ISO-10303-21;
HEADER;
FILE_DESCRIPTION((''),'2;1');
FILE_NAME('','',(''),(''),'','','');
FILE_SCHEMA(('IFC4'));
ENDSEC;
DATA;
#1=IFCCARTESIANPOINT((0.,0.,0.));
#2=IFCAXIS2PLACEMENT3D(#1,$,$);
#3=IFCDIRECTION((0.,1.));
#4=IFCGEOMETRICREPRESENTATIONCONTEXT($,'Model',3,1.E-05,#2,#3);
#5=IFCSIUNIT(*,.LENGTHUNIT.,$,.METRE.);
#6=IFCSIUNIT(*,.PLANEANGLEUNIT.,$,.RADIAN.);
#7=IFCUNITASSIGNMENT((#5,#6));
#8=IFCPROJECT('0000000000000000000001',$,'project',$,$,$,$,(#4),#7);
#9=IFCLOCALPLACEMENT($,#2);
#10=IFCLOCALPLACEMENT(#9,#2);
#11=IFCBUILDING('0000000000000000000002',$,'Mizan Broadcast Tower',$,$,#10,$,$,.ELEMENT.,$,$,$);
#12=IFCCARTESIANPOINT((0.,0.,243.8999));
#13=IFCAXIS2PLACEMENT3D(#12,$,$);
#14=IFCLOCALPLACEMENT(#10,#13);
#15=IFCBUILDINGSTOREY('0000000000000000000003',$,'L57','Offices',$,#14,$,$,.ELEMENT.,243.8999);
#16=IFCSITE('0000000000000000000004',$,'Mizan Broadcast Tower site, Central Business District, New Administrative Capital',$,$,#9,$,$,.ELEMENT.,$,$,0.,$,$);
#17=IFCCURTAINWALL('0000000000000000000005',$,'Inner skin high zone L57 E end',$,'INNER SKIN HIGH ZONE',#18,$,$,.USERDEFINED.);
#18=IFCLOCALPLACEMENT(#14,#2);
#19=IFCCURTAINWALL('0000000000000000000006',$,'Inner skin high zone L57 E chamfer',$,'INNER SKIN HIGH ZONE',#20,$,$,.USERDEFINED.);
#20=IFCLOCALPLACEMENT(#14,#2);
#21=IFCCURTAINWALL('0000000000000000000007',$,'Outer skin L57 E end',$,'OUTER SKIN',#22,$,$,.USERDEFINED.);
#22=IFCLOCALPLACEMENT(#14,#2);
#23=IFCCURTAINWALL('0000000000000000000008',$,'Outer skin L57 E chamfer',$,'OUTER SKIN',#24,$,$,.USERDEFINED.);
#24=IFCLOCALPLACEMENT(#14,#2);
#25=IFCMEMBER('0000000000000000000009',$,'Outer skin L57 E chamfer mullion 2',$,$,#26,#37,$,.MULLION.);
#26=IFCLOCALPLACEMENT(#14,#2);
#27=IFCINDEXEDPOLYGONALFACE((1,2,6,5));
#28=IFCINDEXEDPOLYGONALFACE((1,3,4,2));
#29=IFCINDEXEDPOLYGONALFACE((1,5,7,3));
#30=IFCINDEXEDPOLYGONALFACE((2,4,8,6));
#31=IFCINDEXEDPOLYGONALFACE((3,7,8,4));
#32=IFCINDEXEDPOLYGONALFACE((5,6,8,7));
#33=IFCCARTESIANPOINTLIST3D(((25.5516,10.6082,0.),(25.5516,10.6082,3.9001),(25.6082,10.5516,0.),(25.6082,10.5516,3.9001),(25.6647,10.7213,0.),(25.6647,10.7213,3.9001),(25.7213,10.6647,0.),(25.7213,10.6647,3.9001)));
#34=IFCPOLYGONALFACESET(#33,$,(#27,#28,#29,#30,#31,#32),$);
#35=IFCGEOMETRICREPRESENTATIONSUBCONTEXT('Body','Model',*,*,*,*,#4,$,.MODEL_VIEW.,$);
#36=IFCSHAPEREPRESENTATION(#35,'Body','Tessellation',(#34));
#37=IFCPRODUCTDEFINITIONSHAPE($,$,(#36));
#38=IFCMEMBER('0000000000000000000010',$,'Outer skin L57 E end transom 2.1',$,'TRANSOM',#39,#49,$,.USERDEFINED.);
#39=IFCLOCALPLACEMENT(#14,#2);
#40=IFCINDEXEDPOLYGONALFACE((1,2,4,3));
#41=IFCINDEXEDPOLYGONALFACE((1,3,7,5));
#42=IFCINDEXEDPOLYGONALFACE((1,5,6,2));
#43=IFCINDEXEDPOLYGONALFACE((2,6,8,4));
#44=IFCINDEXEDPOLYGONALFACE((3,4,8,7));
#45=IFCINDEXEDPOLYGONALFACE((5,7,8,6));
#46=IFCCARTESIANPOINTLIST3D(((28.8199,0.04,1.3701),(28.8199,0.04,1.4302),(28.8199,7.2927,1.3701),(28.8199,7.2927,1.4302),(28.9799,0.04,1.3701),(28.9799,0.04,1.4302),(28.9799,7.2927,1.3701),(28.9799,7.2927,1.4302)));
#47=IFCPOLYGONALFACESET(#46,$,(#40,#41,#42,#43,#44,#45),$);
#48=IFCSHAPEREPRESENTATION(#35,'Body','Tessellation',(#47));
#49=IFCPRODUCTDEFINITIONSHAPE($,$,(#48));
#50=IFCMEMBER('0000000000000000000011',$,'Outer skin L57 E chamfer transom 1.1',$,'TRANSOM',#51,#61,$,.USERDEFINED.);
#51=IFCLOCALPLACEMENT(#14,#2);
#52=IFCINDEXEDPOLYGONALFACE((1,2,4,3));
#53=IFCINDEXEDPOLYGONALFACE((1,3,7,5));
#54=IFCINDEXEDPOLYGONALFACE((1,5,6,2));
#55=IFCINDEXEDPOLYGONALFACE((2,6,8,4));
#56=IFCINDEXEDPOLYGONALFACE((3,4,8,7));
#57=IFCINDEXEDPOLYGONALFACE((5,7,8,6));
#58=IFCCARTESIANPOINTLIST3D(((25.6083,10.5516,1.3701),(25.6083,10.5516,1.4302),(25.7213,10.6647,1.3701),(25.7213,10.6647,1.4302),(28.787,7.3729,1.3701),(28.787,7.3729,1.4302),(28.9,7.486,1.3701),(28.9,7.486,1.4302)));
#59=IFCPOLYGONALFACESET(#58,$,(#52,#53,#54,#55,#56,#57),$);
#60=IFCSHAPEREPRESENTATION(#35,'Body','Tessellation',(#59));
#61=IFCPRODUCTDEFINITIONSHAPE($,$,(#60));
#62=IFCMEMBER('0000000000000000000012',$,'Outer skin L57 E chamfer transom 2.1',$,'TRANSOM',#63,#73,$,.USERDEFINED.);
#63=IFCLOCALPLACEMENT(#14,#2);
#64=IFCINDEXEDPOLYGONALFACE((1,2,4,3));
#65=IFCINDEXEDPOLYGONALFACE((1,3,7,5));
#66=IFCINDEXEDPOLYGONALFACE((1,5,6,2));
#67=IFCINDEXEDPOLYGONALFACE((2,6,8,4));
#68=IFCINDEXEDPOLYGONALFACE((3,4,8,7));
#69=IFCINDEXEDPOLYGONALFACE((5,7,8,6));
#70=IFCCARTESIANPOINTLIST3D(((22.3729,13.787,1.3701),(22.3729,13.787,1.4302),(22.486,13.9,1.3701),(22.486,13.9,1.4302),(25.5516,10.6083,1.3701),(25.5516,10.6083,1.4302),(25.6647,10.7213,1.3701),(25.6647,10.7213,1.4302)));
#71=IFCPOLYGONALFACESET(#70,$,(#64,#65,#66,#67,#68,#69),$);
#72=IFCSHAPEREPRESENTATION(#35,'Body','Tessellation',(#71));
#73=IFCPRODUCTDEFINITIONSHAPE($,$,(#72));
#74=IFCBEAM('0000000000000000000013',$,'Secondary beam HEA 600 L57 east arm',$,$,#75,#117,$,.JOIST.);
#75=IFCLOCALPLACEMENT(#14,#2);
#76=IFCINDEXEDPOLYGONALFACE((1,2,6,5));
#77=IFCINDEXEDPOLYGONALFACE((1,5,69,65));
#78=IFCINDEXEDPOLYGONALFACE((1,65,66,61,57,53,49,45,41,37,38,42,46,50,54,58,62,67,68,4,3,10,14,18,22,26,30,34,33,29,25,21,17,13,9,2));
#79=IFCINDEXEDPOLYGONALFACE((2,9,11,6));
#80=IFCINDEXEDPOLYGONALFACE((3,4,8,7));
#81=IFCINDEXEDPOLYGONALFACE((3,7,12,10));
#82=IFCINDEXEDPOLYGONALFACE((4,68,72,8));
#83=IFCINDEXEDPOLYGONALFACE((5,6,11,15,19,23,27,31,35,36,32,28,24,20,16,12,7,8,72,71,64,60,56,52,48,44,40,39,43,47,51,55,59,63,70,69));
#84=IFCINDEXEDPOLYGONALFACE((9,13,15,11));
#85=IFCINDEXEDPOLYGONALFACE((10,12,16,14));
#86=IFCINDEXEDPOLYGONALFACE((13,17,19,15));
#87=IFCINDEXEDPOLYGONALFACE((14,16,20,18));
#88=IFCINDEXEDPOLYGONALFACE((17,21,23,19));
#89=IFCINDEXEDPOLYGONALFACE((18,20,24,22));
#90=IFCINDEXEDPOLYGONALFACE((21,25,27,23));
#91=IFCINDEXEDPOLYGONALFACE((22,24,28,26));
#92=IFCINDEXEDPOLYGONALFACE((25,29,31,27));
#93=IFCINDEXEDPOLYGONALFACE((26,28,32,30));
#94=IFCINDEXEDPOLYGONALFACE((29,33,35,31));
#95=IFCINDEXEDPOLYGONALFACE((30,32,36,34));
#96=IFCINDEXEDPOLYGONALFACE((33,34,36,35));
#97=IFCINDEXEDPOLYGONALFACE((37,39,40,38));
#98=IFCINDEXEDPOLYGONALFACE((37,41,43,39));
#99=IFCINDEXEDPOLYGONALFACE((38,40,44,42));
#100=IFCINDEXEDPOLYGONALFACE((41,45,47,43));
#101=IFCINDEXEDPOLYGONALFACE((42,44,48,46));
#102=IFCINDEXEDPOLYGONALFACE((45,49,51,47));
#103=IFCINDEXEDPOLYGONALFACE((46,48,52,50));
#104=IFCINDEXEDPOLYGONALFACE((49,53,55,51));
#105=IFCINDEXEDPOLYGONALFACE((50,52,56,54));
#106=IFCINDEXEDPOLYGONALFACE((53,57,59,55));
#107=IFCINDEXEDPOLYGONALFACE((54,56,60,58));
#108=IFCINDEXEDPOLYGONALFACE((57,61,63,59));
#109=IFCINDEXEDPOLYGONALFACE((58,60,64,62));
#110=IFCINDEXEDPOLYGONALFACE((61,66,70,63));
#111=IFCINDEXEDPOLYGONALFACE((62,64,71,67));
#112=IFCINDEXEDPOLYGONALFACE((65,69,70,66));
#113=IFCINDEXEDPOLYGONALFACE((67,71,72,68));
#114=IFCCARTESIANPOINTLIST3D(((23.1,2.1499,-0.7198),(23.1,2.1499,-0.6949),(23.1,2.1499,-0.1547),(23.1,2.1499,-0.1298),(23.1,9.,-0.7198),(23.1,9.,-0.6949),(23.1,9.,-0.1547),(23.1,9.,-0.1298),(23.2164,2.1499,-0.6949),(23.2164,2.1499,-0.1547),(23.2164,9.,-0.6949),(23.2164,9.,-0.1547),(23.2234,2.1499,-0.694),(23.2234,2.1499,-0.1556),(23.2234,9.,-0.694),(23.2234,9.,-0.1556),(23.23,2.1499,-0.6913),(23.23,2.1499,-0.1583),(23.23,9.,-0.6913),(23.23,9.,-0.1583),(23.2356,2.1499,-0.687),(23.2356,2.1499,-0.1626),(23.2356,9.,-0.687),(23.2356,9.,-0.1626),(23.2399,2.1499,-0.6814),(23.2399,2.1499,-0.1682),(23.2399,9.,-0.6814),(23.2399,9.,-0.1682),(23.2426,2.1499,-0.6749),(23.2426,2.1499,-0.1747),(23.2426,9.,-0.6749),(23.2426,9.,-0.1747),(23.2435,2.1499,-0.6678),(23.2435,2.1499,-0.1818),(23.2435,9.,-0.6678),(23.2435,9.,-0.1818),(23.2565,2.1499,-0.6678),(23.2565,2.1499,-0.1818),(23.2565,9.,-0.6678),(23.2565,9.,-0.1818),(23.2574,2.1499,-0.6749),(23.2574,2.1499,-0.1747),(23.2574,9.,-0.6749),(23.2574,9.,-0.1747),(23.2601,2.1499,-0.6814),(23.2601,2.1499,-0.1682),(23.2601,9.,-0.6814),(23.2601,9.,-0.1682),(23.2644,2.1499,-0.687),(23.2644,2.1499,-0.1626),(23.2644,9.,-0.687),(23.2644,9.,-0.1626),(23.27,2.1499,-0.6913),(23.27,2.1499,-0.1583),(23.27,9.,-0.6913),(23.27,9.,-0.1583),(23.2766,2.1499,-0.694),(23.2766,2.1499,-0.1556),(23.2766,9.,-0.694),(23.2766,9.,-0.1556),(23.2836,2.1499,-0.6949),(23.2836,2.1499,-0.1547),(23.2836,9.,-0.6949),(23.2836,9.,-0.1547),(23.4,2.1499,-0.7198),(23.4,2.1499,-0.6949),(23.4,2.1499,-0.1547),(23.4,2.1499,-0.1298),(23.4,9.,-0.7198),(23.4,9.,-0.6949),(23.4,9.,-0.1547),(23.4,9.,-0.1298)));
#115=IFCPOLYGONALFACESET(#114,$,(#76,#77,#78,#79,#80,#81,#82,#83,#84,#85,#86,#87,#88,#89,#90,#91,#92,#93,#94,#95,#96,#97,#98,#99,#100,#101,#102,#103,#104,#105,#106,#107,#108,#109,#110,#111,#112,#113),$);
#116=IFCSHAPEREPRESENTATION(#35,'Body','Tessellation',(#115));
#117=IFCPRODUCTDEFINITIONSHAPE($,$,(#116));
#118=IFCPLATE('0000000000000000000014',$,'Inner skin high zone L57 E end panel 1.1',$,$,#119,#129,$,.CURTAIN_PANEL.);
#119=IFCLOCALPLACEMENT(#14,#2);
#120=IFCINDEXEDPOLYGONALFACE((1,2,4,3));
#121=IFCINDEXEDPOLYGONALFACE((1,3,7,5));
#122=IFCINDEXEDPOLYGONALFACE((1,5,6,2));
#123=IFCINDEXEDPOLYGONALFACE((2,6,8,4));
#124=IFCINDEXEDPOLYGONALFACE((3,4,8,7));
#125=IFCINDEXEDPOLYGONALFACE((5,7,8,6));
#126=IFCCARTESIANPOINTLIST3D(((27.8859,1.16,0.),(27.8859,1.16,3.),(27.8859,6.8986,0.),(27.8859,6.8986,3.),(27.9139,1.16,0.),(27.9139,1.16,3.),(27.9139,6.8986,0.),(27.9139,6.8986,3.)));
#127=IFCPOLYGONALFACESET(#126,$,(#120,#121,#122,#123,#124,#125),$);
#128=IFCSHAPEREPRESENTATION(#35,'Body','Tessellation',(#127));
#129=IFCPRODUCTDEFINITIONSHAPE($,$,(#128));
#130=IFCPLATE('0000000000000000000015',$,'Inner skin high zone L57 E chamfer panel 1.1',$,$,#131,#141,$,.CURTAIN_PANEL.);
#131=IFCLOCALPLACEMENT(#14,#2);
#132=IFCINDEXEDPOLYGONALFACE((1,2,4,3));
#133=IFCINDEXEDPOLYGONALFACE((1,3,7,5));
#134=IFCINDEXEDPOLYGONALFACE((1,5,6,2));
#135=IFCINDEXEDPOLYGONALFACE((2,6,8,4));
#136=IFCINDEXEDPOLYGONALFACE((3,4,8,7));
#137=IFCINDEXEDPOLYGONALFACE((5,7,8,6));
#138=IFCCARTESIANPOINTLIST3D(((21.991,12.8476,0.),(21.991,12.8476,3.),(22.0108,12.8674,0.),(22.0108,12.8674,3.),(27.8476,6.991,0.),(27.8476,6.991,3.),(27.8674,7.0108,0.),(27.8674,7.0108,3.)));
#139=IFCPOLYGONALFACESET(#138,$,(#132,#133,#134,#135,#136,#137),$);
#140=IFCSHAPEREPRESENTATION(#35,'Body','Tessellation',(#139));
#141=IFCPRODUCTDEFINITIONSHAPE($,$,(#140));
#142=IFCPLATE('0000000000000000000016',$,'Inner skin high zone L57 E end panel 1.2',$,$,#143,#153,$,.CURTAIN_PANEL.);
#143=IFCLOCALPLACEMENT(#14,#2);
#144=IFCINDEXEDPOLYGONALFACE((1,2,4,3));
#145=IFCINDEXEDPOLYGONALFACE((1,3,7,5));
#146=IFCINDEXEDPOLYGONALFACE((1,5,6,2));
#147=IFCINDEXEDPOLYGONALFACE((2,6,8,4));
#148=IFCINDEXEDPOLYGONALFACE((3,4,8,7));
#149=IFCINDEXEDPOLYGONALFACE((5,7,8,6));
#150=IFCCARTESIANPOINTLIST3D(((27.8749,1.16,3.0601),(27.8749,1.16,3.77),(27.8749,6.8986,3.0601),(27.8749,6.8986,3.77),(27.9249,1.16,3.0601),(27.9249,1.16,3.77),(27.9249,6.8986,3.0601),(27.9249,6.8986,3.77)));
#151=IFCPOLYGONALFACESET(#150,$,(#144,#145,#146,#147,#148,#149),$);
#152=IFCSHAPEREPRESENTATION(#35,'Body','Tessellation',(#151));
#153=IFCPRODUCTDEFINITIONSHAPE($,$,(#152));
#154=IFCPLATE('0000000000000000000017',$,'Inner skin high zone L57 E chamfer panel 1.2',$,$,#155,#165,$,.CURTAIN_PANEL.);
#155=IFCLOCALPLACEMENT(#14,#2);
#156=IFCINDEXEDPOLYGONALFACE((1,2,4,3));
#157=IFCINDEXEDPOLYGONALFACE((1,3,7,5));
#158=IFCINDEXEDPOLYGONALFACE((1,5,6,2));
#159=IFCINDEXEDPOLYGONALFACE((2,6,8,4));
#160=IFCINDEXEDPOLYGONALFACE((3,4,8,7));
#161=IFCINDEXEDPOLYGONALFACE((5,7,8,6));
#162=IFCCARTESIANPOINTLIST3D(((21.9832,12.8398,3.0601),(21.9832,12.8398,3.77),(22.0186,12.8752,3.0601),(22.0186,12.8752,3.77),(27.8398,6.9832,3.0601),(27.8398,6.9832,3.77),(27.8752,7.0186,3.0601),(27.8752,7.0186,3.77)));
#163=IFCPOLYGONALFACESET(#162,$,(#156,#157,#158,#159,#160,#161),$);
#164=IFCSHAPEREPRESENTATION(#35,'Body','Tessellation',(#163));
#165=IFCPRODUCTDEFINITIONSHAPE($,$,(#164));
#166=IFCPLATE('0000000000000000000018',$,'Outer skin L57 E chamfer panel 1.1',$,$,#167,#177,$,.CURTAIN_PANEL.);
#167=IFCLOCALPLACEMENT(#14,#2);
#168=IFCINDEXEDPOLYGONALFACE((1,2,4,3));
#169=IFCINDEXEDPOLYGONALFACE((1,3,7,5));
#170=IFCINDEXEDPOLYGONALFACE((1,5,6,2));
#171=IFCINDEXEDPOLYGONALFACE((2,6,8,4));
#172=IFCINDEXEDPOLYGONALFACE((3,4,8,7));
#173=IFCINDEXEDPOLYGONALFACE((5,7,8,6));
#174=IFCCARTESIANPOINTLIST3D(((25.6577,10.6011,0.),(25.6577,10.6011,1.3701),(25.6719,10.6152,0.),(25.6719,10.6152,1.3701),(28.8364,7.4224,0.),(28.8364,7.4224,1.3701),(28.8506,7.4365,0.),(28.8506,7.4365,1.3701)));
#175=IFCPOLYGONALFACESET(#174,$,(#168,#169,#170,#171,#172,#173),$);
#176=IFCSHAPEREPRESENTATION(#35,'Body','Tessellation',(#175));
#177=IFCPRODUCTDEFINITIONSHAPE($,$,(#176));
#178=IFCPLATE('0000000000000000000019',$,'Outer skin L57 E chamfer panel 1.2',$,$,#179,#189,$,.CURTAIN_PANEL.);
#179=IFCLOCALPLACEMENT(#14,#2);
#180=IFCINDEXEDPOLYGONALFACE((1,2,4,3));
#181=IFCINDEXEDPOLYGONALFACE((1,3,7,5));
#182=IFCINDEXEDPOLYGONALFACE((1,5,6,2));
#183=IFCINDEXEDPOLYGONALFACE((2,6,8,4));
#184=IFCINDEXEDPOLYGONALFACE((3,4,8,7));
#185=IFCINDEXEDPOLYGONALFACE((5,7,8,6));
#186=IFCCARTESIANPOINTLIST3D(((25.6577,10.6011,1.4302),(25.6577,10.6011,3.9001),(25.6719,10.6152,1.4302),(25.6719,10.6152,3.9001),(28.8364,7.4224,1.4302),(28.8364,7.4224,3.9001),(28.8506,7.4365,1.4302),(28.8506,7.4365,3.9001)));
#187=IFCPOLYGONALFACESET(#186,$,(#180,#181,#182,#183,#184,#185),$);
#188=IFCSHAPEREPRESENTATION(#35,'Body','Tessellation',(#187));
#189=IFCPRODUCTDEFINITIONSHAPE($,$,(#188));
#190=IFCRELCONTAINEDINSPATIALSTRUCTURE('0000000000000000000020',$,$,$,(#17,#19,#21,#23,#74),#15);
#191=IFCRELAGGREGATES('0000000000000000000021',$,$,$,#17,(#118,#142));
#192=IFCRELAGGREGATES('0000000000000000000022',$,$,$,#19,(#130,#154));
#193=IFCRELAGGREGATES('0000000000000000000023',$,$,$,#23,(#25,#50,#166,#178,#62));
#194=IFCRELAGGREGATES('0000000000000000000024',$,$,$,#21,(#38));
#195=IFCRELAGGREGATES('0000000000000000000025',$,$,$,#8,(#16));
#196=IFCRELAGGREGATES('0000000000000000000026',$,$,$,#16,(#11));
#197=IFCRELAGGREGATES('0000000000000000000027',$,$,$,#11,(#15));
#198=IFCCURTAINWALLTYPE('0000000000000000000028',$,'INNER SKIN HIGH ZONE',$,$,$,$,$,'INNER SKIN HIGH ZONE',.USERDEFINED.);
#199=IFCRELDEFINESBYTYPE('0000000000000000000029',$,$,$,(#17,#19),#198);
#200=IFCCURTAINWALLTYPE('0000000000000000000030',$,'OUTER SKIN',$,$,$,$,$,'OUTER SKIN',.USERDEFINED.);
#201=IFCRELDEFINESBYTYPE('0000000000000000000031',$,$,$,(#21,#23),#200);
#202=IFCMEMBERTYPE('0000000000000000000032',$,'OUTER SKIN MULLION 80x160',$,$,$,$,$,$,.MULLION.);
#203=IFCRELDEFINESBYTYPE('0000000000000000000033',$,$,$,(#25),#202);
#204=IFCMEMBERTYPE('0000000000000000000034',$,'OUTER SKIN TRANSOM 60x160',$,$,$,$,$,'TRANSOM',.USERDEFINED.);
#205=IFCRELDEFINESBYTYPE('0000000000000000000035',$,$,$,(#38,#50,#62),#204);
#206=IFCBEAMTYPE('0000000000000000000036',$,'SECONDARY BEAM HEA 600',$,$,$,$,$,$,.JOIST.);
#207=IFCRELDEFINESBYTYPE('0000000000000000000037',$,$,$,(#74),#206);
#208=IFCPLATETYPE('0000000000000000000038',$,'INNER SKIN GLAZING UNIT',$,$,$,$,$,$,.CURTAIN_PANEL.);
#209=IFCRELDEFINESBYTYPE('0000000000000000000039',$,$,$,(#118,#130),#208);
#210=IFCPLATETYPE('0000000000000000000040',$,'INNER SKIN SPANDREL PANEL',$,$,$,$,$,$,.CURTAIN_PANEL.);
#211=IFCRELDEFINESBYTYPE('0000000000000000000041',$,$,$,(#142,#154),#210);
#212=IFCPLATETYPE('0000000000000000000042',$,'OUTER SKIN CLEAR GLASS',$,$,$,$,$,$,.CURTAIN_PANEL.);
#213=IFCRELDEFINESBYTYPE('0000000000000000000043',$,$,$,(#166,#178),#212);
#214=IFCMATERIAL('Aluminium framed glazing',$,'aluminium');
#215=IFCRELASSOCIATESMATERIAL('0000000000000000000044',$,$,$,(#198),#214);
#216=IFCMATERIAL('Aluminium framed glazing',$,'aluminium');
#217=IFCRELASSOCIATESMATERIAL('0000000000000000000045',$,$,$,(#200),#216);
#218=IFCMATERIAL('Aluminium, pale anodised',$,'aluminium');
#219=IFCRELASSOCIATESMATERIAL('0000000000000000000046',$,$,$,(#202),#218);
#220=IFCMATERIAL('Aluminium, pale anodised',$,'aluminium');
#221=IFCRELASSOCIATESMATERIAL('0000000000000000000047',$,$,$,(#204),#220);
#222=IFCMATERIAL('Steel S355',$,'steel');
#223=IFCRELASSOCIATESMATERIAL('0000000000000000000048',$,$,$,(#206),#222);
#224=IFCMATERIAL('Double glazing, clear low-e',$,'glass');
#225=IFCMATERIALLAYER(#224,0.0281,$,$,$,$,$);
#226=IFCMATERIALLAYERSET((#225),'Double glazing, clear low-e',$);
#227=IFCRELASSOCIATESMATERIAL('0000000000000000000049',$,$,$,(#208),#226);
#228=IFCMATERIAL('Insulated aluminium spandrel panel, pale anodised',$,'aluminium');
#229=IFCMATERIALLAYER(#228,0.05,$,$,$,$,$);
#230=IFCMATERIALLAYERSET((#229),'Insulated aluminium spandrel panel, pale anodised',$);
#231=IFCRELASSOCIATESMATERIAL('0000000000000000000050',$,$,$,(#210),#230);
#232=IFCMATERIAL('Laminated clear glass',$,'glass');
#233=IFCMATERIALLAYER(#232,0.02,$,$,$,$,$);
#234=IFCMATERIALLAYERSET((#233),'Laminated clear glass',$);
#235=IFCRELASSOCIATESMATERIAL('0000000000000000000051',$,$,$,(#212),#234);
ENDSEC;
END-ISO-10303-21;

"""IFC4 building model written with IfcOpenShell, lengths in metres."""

from ifc_helpers import new_model, si_unit, direction, frame, origin, origin_2d, place, context, subcontext, project, spatial, rectangle, i_section, extrude, material, layer, layer_set, material_profile, profile_set, type_object, element, aggregate, save


model = new_model("IFC4")

# Units and contexts
model_context = context("Model", 3, precision=1e-05, world=origin(), true_north=direction((0.0, 1.0)))
body_context = subcontext(model_context, "Body", "Model", "MODEL_VIEW")
ifc_project = project(units=[si_unit("LENGTHUNIT", "METRE"), si_unit("PLANEANGLEUNIT", "RADIAN")], contexts=[model_context])

# Site, building, storey
site_placement = place(None, origin())
site = spatial("IfcSite", under=ifc_project, at=site_placement, Name="Mizan Broadcast Tower site, Central Business District, New Administrative Capital", CompositionType="ELEMENT", RefElevation=0.0)
building_placement = place(site_placement, origin())
building = spatial("IfcBuilding", under=site, at=building_placement, Name="Mizan Broadcast Tower", CompositionType="ELEMENT")
storey_placement = place(building_placement, frame((0.0, 0.0, 243.8999)))
storey = spatial("IfcBuildingStorey", under=building, at=storey_placement, Name="L57", Description="Offices", CompositionType="ELEMENT", Elevation=243.8999)

# Curtain wall
ifc_material_1 = material(Name="Aluminium framed glazing", Category="aluminium")
curtain_wall_type_1 = type_object("IfcCurtainWallType", Name="INNER SKIN HIGH ZONE", ElementType="INNER SKIN HIGH ZONE", PredefinedType="USERDEFINED", material=ifc_material_1)
curtain_wall_1_placement = place(storey_placement, origin())
curtain_wall_1 = element("IfcCurtainWall", 1, at=curtain_wall_1_placement, inside=storey, type_object=curtain_wall_type_1, Name="Inner skin high zone L57 E end", ObjectType="INNER SKIN HIGH ZONE", PredefinedType="USERDEFINED")

# Curtain wall
curtain_wall_2_placement = place(storey_placement, origin())
curtain_wall_2 = element("IfcCurtainWall", 2, at=curtain_wall_2_placement, inside=storey, type_object=curtain_wall_type_1, Name="Inner skin high zone L57 E chamfer", ObjectType="INNER SKIN HIGH ZONE", PredefinedType="USERDEFINED")

# Curtain wall
ifc_material_2 = material(Name="Aluminium framed glazing", Category="aluminium")
curtain_wall_type_2 = type_object("IfcCurtainWallType", Name="OUTER SKIN", ElementType="OUTER SKIN", PredefinedType="USERDEFINED", material=ifc_material_2)
curtain_wall_3_placement = place(storey_placement, origin())
curtain_wall_3 = element("IfcCurtainWall", 3, at=curtain_wall_3_placement, inside=storey, type_object=curtain_wall_type_2, Name="Outer skin L57 E end", ObjectType="OUTER SKIN", PredefinedType="USERDEFINED")
ifc_material_3 = material(Name="Aluminium, pale anodised", Category="aluminium")
ifc_material_profile_1 = material_profile(ifc_material_3, rectangle(XDim=0.1599, YDim=0.0801, at=origin_2d()), Name="MULLION 160x80")
ifc_profile_set_1 = profile_set([ifc_material_profile_1], Name="Aluminium, pale anodised")
member_type_1 = type_object("IfcMemberType", Name="OUTER SKIN MULLION 80x160", PredefinedType="MULLION", material=ifc_profile_set_1)

# Curtain wall, member
curtain_wall_4_placement = place(storey_placement, origin())
curtain_wall_4 = element("IfcCurtainWall", 4, at=curtain_wall_4_placement, inside=storey, type_object=curtain_wall_type_2, Name="Outer skin L57 E chamfer", ObjectType="OUTER SKIN", PredefinedType="USERDEFINED")
member_1_placement = place(storey_placement, frame((25.6365, 10.6365, 0.0), z_axis=(0.0, 0.0, 1.0), x_axis=(-0.707107, -0.707107, 0.0)))
member_1 = element("IfcMember", 5, at=member_1_placement, type_object=member_type_1, Name="Outer skin L57 E chamfer mullion 2", PredefinedType="MULLION", context=body_context, shape_type="SweptSolid", body=[
    extrude(rectangle(XDim=0.1599, YDim=0.0801, at=origin_2d()), origin(), (0.0, 0.0, 1.0), 3.9001),
])

# Members
ifc_material_4 = material(Name="Aluminium, pale anodised", Category="aluminium")
ifc_material_profile_2 = material_profile(ifc_material_4, rectangle(XDim=0.1599, YDim=0.0601, at=origin_2d()), Name="TRANSOM 160x60")
ifc_profile_set_2 = profile_set([ifc_material_profile_2], Name="Aluminium, pale anodised")
member_type_2 = type_object("IfcMemberType", Name="OUTER SKIN TRANSOM 60x160", ElementType="TRANSOM", PredefinedType="USERDEFINED", material=ifc_profile_set_2)
member_2_placement = place(storey_placement, frame((28.8999, 0.04, 1.4001), z_axis=(0.0, 1.0, 0.0), x_axis=(-1.0, 0.0, 0.0)))
member_2 = element("IfcMember", 6, at=member_2_placement, type_object=member_type_2, Name="Outer skin L57 E end transom 2.1", ObjectType="TRANSOM", PredefinedType="USERDEFINED", context=body_context, shape_type="SweptSolid", body=[
    extrude(rectangle(XDim=0.1599, YDim=0.0601, at=origin_2d()), origin(), (0.0, 0.0, 1.0), 7.2527),
])
member_3_placement = place(storey_placement, frame((28.8435, 7.4294, 1.4001), z_axis=(-0.707107, 0.707107, 0.0), x_axis=(-0.707107, -0.707107, 0.0)))
member_3 = element("IfcMember", 7, at=member_3_placement, type_object=member_type_2, Name="Outer skin L57 E chamfer transom 1.1", ObjectType="TRANSOM", PredefinedType="USERDEFINED", context=body_context, shape_type="SweptSolid", body=[
    extrude(rectangle(XDim=0.1599, YDim=0.0601, at=origin_2d()), origin(), (0.0, 0.0, 1.0), 4.4954),
])
member_4_placement = place(storey_placement, frame((25.6082, 10.6648, 1.4001), z_axis=(-0.707107, 0.707107, 0.0), x_axis=(-0.707107, -0.707107, 0.0)))
member_4 = element("IfcMember", 8, at=member_4_placement, type_object=member_type_2, Name="Outer skin L57 E chamfer transom 2.1", ObjectType="TRANSOM", PredefinedType="USERDEFINED", context=body_context, shape_type="SweptSolid", body=[
    extrude(rectangle(XDim=0.1599, YDim=0.0601, at=origin_2d()), origin(), (0.0, 0.0, 1.0), 4.4954),
])

# Beam
ifc_material_5 = material(Name="Steel S355", Category="steel")
ifc_material_profile_3 = material_profile(ifc_material_5, i_section(OverallWidth=0.3, OverallDepth=0.5901, WebThickness=0.0129, FlangeThickness=0.0249, FilletRadius=0.0271, at=origin_2d()), Name="HEA 600")
ifc_profile_set_3 = profile_set([ifc_material_profile_3], Name="Steel S355")
beam_type_1 = type_object("IfcBeamType", Name="SECONDARY BEAM HEA 600", PredefinedType="JOIST", material=ifc_profile_set_3)
beam_1_placement = place(storey_placement, frame((23.25, 9.0, -0.4248), z_axis=(0.0, -1.0, 0.0), x_axis=(1.0, 0.0, 0.0)))
element("IfcBeam", 9, at=beam_1_placement, inside=storey, type_object=beam_type_1, Name="Secondary beam HEA 600 L57 east arm", PredefinedType="JOIST", context=body_context, shape_type="SweptSolid", body=[
    extrude(i_section(OverallWidth=0.3, OverallDepth=0.5901, WebThickness=0.0129, FlangeThickness=0.0249, FilletRadius=0.0271, at=origin_2d()), origin(), (0.0, 0.0, 1.0), 6.8501),
])

# Plates
ifc_material_6 = material(Name="Double glazing, clear low-e", Category="glass")
ifc_layer_1 = layer(ifc_material_6, 0.0281)
ifc_layer_set_1 = layer_set([ifc_layer_1], Name="Double glazing, clear low-e")
plate_type_1 = type_object("IfcPlateType", Name="INNER SKIN GLAZING UNIT", PredefinedType="CURTAIN_PANEL", material=ifc_layer_set_1)
plate_1_placement = place(storey_placement, frame((27.8999, 4.0293, 0.0), z_axis=(0.0, 0.0, 1.0), x_axis=(0.0, 1.0, 0.0)))
plate_1 = element("IfcPlate", 10, at=plate_1_placement, type_object=plate_type_1, Name="Inner skin high zone L57 E end panel 1.1", PredefinedType="CURTAIN_PANEL", context=body_context, shape_type="SweptSolid", body=[
    extrude(rectangle(XDim=5.7385, YDim=0.0281, at=origin_2d()), origin(), (0.0, 0.0, 1.0), 3.0),
])
plate_2_placement = place(storey_placement, frame((24.9292, 9.9292, 0.0), z_axis=(0.0, 0.0, 1.0), x_axis=(-0.707107, 0.707107, 0.0)))
plate_2 = element("IfcPlate", 11, at=plate_2_placement, type_object=plate_type_1, Name="Inner skin high zone L57 E chamfer panel 1.1", PredefinedType="CURTAIN_PANEL", context=body_context, shape_type="SweptSolid", body=[
    extrude(rectangle(XDim=8.2825, YDim=0.0281, at=origin_2d()), origin(), (0.0, 0.0, 1.0), 3.0),
])
ifc_material_7 = material(Name="Insulated aluminium spandrel panel, pale anodised", Category="aluminium")
ifc_layer_2 = layer(ifc_material_7, 0.05)
ifc_layer_set_2 = layer_set([ifc_layer_2], Name="Insulated aluminium spandrel panel, pale anodised")
plate_type_2 = type_object("IfcPlateType", Name="INNER SKIN SPANDREL PANEL", PredefinedType="CURTAIN_PANEL", material=ifc_layer_set_2)
plate_3_placement = place(storey_placement, frame((27.8999, 4.0293, 3.0601), z_axis=(0.0, 0.0, 1.0), x_axis=(0.0, 1.0, 0.0)))
plate_3 = element("IfcPlate", 12, at=plate_3_placement, type_object=plate_type_2, Name="Inner skin high zone L57 E end panel 1.2", PredefinedType="CURTAIN_PANEL", context=body_context, shape_type="SweptSolid", body=[
    extrude(rectangle(XDim=5.7385, YDim=0.05, at=origin_2d()), origin(), (0.0, 0.0, 1.0), 0.71),
])
aggregate(curtain_wall_1, [plate_1, plate_3])
plate_4_placement = place(storey_placement, frame((24.9292, 9.9292, 3.0601), z_axis=(0.0, 0.0, 1.0), x_axis=(-0.707107, 0.707107, 0.0)))
plate_4 = element("IfcPlate", 13, at=plate_4_placement, type_object=plate_type_2, Name="Inner skin high zone L57 E chamfer panel 1.2", PredefinedType="CURTAIN_PANEL", context=body_context, shape_type="SweptSolid", body=[
    extrude(rectangle(XDim=8.2825, YDim=0.05, at=origin_2d()), origin(), (0.0, 0.0, 1.0), 0.71),
])
aggregate(curtain_wall_2, [plate_2, plate_4])
ifc_material_8 = material(Name="Laminated clear glass", Category="glass")
ifc_layer_3 = layer(ifc_material_8, 0.02)
ifc_layer_set_3 = layer_set([ifc_layer_3], Name="Laminated clear glass")
plate_type_3 = type_object("IfcPlateType", Name="OUTER SKIN CLEAR GLASS", PredefinedType="CURTAIN_PANEL", material=ifc_layer_set_3)
plate_5_placement = place(storey_placement, frame((27.2542, 9.0188, 0.0), z_axis=(0.0, 0.0, 1.0), x_axis=(-0.707107, 0.707107, 0.0)))
plate_5 = element("IfcPlate", 14, at=plate_5_placement, type_object=plate_type_3, Name="Outer skin L57 E chamfer panel 1.1", PredefinedType="CURTAIN_PANEL", context=body_context, shape_type="SweptSolid", body=[
    extrude(rectangle(XDim=4.4954, YDim=0.02, at=origin_2d()), origin(), (0.0, 0.0, 1.0), 1.3701),
])
plate_6_placement = place(storey_placement, frame((27.2542, 9.0188, 1.4302), z_axis=(0.0, 0.0, 1.0), x_axis=(-0.707107, 0.707107, 0.0)))
plate_6 = element("IfcPlate", 15, at=plate_6_placement, type_object=plate_type_3, Name="Outer skin L57 E chamfer panel 1.2", PredefinedType="CURTAIN_PANEL", context=body_context, shape_type="SweptSolid", body=[
    extrude(rectangle(XDim=4.4954, YDim=0.02, at=origin_2d()), origin(), (0.0, 0.0, 1.0), 2.47),
])
aggregate(curtain_wall_4, [member_1, member_3, plate_5, plate_6, member_4])
aggregate(curtain_wall_3, [member_2])

save(model, "model.ifc")
